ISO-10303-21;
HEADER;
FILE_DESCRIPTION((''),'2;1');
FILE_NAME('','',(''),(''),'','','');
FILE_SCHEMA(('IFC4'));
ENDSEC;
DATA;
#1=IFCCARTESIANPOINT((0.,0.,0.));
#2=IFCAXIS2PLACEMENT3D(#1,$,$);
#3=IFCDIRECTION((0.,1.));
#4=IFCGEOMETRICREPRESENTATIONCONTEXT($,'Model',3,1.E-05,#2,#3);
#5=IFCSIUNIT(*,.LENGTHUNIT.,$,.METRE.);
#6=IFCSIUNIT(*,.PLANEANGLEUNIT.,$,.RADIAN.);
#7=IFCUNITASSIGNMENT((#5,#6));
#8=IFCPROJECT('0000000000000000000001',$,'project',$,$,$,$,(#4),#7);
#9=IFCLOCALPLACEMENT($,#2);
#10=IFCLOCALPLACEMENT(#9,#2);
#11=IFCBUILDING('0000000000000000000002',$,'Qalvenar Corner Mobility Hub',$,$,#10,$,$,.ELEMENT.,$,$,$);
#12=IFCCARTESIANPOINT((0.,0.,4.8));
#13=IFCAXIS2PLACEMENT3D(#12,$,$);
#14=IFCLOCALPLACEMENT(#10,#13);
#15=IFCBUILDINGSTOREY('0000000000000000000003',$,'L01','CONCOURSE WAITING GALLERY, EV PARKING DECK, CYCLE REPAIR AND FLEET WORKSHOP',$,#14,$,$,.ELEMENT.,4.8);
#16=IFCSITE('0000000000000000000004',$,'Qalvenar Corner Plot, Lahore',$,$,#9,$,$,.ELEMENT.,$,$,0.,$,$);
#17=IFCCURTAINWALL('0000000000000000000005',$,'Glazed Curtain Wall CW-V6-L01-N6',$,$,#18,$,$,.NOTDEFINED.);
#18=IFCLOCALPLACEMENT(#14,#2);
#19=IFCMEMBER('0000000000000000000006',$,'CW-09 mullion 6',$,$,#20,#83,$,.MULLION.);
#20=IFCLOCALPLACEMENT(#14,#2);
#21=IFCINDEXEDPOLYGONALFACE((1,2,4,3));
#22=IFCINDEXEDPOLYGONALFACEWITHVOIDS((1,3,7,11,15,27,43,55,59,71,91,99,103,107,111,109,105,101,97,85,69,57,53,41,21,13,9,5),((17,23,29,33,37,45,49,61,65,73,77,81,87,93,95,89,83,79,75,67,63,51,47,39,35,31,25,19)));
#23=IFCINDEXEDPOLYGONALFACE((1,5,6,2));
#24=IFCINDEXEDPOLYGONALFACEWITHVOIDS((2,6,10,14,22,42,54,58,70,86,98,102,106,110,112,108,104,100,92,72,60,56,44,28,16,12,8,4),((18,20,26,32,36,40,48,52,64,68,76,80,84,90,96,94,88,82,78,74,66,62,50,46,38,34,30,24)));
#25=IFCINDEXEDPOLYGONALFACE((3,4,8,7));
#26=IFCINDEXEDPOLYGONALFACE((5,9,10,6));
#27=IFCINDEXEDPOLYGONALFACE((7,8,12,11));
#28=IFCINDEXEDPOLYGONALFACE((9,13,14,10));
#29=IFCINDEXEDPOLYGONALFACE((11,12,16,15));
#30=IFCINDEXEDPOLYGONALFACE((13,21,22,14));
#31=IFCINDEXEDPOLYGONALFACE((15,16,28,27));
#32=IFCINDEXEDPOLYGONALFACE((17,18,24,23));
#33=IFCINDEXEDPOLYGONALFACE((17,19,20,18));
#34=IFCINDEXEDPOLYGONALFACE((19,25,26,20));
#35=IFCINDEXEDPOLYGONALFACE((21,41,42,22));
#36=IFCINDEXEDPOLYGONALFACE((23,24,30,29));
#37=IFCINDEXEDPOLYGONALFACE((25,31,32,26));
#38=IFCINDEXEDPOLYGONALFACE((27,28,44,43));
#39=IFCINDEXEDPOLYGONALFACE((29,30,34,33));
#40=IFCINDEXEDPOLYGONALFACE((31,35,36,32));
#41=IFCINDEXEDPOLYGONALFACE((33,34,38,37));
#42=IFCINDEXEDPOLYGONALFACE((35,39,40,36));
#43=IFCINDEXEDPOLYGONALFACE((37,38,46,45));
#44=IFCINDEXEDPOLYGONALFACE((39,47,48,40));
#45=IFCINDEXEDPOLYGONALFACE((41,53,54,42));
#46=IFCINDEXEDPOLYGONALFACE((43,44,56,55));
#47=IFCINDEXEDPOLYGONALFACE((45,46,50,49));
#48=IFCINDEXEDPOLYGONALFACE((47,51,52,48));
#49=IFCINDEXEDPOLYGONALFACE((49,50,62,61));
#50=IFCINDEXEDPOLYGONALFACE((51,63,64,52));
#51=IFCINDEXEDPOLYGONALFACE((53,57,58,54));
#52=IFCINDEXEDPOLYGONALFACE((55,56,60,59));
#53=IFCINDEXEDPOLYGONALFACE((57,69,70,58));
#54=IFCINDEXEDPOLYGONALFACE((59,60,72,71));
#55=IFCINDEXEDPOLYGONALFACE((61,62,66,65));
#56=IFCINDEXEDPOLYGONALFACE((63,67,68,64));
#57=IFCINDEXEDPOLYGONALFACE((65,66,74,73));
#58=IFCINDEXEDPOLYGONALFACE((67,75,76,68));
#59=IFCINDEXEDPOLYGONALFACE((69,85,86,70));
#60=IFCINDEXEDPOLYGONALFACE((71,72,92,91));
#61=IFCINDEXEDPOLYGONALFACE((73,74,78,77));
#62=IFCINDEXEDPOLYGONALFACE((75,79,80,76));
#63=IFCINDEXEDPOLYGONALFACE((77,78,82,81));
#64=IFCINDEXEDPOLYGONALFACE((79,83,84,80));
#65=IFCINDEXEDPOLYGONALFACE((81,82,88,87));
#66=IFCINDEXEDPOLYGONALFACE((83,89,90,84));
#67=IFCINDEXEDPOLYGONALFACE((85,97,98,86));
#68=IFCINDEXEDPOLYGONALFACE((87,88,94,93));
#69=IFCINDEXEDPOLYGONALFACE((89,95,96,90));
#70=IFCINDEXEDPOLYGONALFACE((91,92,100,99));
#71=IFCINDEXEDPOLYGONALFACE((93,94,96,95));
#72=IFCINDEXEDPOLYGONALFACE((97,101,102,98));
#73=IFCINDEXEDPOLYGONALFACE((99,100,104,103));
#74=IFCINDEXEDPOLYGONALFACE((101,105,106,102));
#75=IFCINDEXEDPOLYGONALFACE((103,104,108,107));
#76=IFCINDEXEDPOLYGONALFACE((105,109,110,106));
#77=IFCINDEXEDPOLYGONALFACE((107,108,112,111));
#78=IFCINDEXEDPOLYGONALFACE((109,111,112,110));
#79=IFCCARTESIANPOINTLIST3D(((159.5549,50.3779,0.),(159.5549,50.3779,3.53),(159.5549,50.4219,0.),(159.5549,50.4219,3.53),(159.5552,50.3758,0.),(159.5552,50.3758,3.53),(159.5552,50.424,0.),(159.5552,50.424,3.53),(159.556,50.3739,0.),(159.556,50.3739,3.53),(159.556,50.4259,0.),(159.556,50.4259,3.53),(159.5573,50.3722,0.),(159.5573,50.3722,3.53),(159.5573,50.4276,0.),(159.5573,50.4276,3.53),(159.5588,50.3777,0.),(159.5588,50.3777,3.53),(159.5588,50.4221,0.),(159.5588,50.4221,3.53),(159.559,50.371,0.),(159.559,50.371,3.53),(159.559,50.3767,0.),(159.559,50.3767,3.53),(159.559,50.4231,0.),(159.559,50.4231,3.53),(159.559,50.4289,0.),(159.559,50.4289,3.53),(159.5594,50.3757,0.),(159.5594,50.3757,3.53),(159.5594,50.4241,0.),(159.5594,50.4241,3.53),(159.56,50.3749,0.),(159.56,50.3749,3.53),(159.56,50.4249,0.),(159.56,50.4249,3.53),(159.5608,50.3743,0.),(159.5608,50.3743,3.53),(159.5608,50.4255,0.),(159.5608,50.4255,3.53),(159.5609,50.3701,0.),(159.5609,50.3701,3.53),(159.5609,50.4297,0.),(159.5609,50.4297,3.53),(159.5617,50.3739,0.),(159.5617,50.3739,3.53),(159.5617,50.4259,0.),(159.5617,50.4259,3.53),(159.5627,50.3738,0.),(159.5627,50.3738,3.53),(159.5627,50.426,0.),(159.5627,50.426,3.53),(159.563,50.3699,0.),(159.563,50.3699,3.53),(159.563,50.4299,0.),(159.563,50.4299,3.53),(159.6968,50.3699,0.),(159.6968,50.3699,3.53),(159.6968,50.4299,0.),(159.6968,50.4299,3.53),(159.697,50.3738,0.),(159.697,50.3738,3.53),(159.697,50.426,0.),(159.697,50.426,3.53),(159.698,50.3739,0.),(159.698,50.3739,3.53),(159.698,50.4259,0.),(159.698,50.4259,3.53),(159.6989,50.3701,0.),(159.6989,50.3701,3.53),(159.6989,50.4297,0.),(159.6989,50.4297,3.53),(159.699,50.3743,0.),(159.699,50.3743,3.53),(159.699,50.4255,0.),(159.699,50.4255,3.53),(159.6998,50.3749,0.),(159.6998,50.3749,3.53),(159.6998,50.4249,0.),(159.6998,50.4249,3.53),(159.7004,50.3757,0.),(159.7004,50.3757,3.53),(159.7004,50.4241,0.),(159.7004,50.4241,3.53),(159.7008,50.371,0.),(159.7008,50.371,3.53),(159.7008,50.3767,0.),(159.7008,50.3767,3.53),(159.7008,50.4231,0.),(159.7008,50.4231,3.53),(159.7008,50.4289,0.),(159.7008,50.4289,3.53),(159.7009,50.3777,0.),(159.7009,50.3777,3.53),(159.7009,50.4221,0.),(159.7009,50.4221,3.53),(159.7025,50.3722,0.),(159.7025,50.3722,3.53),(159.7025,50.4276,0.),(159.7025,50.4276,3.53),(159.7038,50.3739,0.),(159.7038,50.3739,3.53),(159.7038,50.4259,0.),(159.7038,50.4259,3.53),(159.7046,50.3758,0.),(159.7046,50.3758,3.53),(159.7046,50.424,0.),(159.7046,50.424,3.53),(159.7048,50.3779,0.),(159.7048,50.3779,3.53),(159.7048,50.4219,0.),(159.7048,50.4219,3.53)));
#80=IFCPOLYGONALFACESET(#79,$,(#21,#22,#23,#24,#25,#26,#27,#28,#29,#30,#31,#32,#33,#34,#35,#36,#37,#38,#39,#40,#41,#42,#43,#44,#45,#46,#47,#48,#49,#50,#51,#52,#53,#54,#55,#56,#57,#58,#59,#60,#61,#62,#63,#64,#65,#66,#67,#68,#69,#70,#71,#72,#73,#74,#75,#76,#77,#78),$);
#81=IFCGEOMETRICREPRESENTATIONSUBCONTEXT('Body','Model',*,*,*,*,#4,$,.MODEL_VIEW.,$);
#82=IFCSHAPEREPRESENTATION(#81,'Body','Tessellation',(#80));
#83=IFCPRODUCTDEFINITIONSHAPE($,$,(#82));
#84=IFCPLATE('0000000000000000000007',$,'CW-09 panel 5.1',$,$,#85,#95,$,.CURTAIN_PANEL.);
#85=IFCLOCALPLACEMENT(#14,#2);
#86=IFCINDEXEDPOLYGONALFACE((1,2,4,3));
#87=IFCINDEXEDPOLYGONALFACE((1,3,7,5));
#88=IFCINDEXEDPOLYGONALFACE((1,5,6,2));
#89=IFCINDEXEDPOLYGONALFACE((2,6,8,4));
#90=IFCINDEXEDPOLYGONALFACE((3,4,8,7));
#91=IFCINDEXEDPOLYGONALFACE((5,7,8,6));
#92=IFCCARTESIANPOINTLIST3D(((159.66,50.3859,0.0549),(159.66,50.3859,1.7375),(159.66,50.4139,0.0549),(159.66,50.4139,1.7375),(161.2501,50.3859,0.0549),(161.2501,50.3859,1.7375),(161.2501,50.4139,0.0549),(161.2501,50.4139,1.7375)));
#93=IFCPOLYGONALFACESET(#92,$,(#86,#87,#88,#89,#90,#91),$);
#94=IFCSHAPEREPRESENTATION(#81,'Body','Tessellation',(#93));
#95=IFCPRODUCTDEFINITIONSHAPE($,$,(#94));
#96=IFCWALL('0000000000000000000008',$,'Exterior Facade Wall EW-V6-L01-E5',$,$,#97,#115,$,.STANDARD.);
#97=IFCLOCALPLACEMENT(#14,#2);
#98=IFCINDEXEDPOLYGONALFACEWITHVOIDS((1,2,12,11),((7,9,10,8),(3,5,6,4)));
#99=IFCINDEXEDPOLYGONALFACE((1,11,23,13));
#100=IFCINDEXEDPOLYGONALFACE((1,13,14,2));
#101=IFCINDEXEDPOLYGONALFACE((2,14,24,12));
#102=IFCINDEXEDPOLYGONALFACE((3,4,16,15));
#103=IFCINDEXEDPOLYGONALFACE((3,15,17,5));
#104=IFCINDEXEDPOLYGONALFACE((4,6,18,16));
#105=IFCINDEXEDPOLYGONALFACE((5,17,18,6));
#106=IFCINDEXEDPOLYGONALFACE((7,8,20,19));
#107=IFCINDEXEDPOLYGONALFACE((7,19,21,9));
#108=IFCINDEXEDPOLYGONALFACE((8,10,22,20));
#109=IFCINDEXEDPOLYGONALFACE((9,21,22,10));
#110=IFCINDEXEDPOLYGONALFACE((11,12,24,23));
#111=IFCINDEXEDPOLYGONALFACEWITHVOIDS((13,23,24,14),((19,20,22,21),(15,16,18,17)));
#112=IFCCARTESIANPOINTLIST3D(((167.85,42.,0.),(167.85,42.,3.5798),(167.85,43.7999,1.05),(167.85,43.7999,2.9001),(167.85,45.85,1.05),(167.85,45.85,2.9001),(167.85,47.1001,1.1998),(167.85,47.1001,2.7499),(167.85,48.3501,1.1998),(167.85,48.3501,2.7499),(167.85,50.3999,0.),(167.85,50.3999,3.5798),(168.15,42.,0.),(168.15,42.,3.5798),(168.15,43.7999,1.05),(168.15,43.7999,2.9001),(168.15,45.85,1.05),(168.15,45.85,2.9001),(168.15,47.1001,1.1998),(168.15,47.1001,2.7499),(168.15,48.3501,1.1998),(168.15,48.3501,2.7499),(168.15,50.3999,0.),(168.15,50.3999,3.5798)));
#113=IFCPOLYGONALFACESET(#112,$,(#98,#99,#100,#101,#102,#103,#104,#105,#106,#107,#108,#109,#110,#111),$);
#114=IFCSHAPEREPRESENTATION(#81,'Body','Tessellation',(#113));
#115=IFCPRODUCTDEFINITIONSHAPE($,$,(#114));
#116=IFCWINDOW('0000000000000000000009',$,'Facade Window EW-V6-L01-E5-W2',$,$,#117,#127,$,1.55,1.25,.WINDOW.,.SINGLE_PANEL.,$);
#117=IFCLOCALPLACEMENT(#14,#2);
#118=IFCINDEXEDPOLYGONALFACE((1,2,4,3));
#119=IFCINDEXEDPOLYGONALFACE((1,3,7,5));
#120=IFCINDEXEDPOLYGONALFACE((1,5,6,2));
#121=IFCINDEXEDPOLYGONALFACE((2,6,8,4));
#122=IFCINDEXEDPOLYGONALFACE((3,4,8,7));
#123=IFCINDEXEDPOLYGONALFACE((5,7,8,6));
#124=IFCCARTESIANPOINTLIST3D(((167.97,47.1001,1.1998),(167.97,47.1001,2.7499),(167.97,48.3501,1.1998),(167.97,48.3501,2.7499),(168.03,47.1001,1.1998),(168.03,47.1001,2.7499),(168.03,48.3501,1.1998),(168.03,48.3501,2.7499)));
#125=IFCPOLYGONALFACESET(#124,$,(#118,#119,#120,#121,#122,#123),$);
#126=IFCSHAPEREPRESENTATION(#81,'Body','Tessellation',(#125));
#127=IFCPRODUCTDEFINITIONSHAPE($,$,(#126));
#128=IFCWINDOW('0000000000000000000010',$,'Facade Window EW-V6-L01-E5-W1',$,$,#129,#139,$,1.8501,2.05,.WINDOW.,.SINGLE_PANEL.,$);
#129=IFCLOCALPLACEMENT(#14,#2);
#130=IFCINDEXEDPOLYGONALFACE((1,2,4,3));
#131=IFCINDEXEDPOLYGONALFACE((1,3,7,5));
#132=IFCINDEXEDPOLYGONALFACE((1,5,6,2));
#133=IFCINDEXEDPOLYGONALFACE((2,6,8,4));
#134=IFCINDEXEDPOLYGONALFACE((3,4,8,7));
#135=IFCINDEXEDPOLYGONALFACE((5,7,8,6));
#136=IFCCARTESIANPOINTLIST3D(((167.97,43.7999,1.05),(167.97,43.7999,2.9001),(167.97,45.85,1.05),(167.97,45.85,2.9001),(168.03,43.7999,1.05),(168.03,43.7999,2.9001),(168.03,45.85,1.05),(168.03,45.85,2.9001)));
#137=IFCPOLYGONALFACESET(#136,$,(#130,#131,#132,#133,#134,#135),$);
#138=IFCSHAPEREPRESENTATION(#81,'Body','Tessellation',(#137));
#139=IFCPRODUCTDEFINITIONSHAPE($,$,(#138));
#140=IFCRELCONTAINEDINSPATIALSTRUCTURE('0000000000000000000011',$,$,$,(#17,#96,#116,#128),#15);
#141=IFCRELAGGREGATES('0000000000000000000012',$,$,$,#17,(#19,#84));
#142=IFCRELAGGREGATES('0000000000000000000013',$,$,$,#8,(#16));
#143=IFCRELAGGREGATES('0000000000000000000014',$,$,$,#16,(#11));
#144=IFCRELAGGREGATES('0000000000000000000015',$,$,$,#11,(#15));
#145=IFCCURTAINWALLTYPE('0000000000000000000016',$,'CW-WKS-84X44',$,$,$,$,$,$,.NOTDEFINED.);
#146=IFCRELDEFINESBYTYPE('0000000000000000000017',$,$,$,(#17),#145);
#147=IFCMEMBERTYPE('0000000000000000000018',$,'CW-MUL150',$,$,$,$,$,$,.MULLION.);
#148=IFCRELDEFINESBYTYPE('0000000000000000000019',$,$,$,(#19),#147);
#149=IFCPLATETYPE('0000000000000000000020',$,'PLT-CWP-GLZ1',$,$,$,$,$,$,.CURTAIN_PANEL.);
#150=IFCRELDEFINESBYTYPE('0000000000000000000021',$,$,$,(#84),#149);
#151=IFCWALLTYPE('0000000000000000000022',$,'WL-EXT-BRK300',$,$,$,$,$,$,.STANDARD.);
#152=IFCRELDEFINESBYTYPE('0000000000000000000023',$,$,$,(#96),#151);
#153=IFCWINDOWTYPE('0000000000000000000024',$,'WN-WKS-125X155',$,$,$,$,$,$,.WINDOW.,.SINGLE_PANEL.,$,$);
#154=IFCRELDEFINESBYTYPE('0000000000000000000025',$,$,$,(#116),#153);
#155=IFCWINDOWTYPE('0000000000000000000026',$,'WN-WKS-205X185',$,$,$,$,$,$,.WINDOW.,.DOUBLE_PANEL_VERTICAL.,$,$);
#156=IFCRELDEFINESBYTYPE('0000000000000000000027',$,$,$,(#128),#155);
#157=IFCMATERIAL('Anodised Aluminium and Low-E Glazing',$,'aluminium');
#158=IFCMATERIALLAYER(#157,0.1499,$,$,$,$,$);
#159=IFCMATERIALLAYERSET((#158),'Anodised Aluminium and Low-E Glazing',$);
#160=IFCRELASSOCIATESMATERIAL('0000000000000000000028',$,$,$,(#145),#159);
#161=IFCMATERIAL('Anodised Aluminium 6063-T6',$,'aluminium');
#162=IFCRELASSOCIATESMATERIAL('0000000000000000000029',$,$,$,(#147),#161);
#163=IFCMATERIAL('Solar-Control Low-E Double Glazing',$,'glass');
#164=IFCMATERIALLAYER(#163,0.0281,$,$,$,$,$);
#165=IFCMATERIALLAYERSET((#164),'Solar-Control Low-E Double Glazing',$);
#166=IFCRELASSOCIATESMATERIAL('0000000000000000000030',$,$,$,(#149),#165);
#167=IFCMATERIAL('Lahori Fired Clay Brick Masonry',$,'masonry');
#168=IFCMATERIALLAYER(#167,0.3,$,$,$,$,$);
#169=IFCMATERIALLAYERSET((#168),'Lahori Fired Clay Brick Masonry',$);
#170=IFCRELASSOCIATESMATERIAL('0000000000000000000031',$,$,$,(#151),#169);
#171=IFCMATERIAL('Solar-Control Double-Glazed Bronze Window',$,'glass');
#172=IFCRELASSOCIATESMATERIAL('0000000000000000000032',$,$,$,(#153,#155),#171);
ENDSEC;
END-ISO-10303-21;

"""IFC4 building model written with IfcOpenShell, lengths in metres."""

from ifc_helpers import new_model, si_unit, direction, frame, frame_2d, origin, origin_2d, place, context, subcontext, project, spatial, rectangle, hollow_rectangle, extrude, material, layer, layer_set, material_profile, profile_set, type_object, element, fill, aggregate, save


model = new_model("IFC4")

# Units and contexts
model_context = context("Model", 3, precision=1e-05, world=origin(), true_north=direction((0.0, 1.0)))
body_context = subcontext(model_context, "Body", "Model", "MODEL_VIEW")
ifc_project = project(units=[si_unit("LENGTHUNIT", "METRE"), si_unit("PLANEANGLEUNIT", "RADIAN")], contexts=[model_context])

# Site, building, storey
site_placement = place(None, origin())
site = spatial("IfcSite", under=ifc_project, at=site_placement, Name="Qalvenar Corner Plot, Lahore", CompositionType="ELEMENT", RefElevation=0.0)
building_placement = place(site_placement, origin())
building = spatial("IfcBuilding", under=site, at=building_placement, Name="Qalvenar Corner Mobility Hub", CompositionType="ELEMENT")
storey_placement = place(building_placement, frame((0.0, 0.0, 4.8)))
storey = spatial("IfcBuildingStorey", under=building, at=storey_placement, Name="L01", Description="CONCOURSE WAITING GALLERY, EV PARKING DECK, CYCLE REPAIR AND FLEET WORKSHOP", CompositionType="ELEMENT", Elevation=4.8)

# Curtain wall, member, plate
ifc_material_1 = material(Name="Anodised Aluminium and Low-E Glazing", Category="aluminium")
ifc_layer_1 = layer(ifc_material_1, 0.1499)
ifc_layer_set_1 = layer_set([ifc_layer_1], Name="Anodised Aluminium and Low-E Glazing")
curtain_wall_type = type_object("IfcCurtainWallType", Name="CW-WKS-84X44", PredefinedType="NOTDEFINED", material=ifc_layer_set_1)
curtain_wall_placement = place(storey_placement, origin())
curtain_wall = element("IfcCurtainWall", 1, at=curtain_wall_placement, inside=storey, type_object=curtain_wall_type, Name="Glazed Curtain Wall CW-V6-L01-N6", PredefinedType="NOTDEFINED")
ifc_material_2 = material(Name="Anodised Aluminium 6063-T6", Category="aluminium")
ifc_material_profile_1 = material_profile(ifc_material_2, hollow_rectangle(XDim=0.0601, YDim=0.1499, WallThickness=0.0039, InnerFilletRadius=0.0039, OuterFilletRadius=0.0081, at=origin_2d()), Name="RHS150x60x4")
ifc_profile_set_1 = profile_set([ifc_material_profile_1], Name="Anodised Aluminium 6063-T6")
member_type = type_object("IfcMemberType", Name="CW-MUL150", PredefinedType="MULLION", material=ifc_profile_set_1)
member_placement = place(storey_placement, frame((159.6299, 50.3999, 0.0), z_axis=(0.0, 0.0, 1.0), x_axis=(0.0, -1.0, 0.0)))
member = element("IfcMember", 2, at=member_placement, type_object=member_type, Name="CW-09 mullion 6", PredefinedType="MULLION", context=body_context, shape_type="SweptSolid", body=[
    extrude(hollow_rectangle(XDim=0.0601, YDim=0.1499, WallThickness=0.0039, InnerFilletRadius=0.0039, OuterFilletRadius=0.0081, at=origin_2d()), origin(), (0.0, 0.0, 1.0), 3.53),
])
ifc_material_3 = material(Name="Solar-Control Low-E Double Glazing", Category="glass")
ifc_layer_2 = layer(ifc_material_3, 0.0281)
ifc_layer_set_2 = layer_set([ifc_layer_2], Name="Solar-Control Low-E Double Glazing")
plate_type = type_object("IfcPlateType", Name="PLT-CWP-GLZ1", PredefinedType="CURTAIN_PANEL", material=ifc_layer_set_2)
plate_placement = place(storey_placement, frame((160.4551, 50.3999, 0.0549), z_axis=(0.0, 0.0, 1.0), x_axis=(-1.0, 0.0, 0.0)))
plate = element("IfcPlate", 3, at=plate_placement, type_object=plate_type, Name="CW-09 panel 5.1", PredefinedType="CURTAIN_PANEL", context=body_context, shape_type="SweptSolid", body=[
    extrude(rectangle(XDim=1.5901, YDim=0.0281, at=origin_2d()), origin(), (0.0, 0.0, 1.0), 1.6826),
])
aggregate(curtain_wall, [member, plate])

# Wall, openings, windows
ifc_material_4 = material(Name="Lahori Fired Clay Brick Masonry", Category="masonry")
ifc_layer_3 = layer(ifc_material_4, 0.3)
ifc_layer_set_3 = layer_set([ifc_layer_3], Name="Lahori Fired Clay Brick Masonry")
wall_type = type_object("IfcWallType", Name="WL-EXT-BRK300", PredefinedType="STANDARD", material=ifc_layer_set_3)
wall_1_placement = place(storey_placement, frame((168.0, 42.0, 0.0), z_axis=(0.0, 0.0, 1.0), x_axis=(0.0, 1.0, 0.0)))
wall_1 = element("IfcWall", 4, at=wall_1_placement, inside=storey, type_object=wall_type, Name="Exterior Facade Wall EW-V6-L01-E5", PredefinedType="STANDARD", context=body_context, shape_type="SweptSolid", body=[
    extrude(rectangle(XDim=8.3999, YDim=0.3, at=frame_2d((4.2, 0.0))), origin(), (0.0, 0.0, 1.0), 3.5798),
])
opening_1_placement = place(wall_1_placement, frame((1.8, 0.0, 1.05)))
opening_1 = element("IfcOpeningElement", 5, at=opening_1_placement, cuts=wall_1, PredefinedType="OPENING", context=body_context, shape_type="SweptSolid", body=[
    extrude(rectangle(XDim=2.05, YDim=1.8501, at=frame_2d((1.0249, 0.925))), frame((0.0, 0.1602, 0.0), z_axis=(0.0, -1.0, 0.0), x_axis=(1.0, 0.0, 0.0)), (0.0, 0.0, 1.0), 0.3201),
])
opening_2_placement = place(wall_1_placement, frame((5.1001, 0.0, 1.2)))
opening_2 = element("IfcOpeningElement", 6, at=opening_2_placement, cuts=wall_1, PredefinedType="OPENING", context=body_context, shape_type="SweptSolid", body=[
    extrude(rectangle(XDim=1.25, YDim=1.55, at=frame_2d((0.625, 0.7749))), frame((0.0, 0.1602, 0.0), z_axis=(0.0, -1.0, 0.0), x_axis=(1.0, 0.0, 0.0)), (0.0, 0.0, 1.0), 0.3201),
])
ifc_material_5 = material(Name="Solar-Control Double-Glazed Bronze Window", Category="glass")
window_type_1 = type_object("IfcWindowType", Name="WN-WKS-125X155", PartitioningType="SINGLE_PANEL", PredefinedType="WINDOW", material=ifc_material_5)
window_1_placement = place(opening_2_placement, origin())
window_1 = element("IfcWindow", 7, at=window_1_placement, inside=storey, type_object=window_type_1, Name="Facade Window EW-V6-L01-E5-W2", OverallHeight=1.55, OverallWidth=1.25, PartitioningType="SINGLE_PANEL", PredefinedType="WINDOW", context=body_context, shape_type="SweptSolid", body=[
    extrude(rectangle(XDim=1.25, YDim=1.55, at=frame_2d((0.625, 0.7749))), frame((0.0, 0.03, 0.0), z_axis=(0.0, -1.0, 0.0), x_axis=(1.0, 0.0, 0.0)), (0.0, 0.0, 1.0), 0.0601),
])
fill(opening_2, window_1)
window_type_2 = type_object("IfcWindowType", Name="WN-WKS-205X185", PartitioningType="DOUBLE_PANEL_VERTICAL", PredefinedType="WINDOW", material=ifc_material_5)
window_2_placement = place(opening_1_placement, origin())
window_2 = element("IfcWindow", 8, at=window_2_placement, inside=storey, type_object=window_type_2, Name="Facade Window EW-V6-L01-E5-W1", OverallHeight=1.8501, OverallWidth=2.05, PartitioningType="SINGLE_PANEL", PredefinedType="WINDOW", context=body_context, shape_type="SweptSolid", body=[
    extrude(rectangle(XDim=2.05, YDim=1.8501, at=frame_2d((1.0249, 0.925))), frame((0.0, 0.03, 0.0), z_axis=(0.0, -1.0, 0.0), x_axis=(1.0, 0.0, 0.0)), (0.0, 0.0, 1.0), 0.0601),
])
fill(opening_1, window_2)

save(model, "model.ifc")
